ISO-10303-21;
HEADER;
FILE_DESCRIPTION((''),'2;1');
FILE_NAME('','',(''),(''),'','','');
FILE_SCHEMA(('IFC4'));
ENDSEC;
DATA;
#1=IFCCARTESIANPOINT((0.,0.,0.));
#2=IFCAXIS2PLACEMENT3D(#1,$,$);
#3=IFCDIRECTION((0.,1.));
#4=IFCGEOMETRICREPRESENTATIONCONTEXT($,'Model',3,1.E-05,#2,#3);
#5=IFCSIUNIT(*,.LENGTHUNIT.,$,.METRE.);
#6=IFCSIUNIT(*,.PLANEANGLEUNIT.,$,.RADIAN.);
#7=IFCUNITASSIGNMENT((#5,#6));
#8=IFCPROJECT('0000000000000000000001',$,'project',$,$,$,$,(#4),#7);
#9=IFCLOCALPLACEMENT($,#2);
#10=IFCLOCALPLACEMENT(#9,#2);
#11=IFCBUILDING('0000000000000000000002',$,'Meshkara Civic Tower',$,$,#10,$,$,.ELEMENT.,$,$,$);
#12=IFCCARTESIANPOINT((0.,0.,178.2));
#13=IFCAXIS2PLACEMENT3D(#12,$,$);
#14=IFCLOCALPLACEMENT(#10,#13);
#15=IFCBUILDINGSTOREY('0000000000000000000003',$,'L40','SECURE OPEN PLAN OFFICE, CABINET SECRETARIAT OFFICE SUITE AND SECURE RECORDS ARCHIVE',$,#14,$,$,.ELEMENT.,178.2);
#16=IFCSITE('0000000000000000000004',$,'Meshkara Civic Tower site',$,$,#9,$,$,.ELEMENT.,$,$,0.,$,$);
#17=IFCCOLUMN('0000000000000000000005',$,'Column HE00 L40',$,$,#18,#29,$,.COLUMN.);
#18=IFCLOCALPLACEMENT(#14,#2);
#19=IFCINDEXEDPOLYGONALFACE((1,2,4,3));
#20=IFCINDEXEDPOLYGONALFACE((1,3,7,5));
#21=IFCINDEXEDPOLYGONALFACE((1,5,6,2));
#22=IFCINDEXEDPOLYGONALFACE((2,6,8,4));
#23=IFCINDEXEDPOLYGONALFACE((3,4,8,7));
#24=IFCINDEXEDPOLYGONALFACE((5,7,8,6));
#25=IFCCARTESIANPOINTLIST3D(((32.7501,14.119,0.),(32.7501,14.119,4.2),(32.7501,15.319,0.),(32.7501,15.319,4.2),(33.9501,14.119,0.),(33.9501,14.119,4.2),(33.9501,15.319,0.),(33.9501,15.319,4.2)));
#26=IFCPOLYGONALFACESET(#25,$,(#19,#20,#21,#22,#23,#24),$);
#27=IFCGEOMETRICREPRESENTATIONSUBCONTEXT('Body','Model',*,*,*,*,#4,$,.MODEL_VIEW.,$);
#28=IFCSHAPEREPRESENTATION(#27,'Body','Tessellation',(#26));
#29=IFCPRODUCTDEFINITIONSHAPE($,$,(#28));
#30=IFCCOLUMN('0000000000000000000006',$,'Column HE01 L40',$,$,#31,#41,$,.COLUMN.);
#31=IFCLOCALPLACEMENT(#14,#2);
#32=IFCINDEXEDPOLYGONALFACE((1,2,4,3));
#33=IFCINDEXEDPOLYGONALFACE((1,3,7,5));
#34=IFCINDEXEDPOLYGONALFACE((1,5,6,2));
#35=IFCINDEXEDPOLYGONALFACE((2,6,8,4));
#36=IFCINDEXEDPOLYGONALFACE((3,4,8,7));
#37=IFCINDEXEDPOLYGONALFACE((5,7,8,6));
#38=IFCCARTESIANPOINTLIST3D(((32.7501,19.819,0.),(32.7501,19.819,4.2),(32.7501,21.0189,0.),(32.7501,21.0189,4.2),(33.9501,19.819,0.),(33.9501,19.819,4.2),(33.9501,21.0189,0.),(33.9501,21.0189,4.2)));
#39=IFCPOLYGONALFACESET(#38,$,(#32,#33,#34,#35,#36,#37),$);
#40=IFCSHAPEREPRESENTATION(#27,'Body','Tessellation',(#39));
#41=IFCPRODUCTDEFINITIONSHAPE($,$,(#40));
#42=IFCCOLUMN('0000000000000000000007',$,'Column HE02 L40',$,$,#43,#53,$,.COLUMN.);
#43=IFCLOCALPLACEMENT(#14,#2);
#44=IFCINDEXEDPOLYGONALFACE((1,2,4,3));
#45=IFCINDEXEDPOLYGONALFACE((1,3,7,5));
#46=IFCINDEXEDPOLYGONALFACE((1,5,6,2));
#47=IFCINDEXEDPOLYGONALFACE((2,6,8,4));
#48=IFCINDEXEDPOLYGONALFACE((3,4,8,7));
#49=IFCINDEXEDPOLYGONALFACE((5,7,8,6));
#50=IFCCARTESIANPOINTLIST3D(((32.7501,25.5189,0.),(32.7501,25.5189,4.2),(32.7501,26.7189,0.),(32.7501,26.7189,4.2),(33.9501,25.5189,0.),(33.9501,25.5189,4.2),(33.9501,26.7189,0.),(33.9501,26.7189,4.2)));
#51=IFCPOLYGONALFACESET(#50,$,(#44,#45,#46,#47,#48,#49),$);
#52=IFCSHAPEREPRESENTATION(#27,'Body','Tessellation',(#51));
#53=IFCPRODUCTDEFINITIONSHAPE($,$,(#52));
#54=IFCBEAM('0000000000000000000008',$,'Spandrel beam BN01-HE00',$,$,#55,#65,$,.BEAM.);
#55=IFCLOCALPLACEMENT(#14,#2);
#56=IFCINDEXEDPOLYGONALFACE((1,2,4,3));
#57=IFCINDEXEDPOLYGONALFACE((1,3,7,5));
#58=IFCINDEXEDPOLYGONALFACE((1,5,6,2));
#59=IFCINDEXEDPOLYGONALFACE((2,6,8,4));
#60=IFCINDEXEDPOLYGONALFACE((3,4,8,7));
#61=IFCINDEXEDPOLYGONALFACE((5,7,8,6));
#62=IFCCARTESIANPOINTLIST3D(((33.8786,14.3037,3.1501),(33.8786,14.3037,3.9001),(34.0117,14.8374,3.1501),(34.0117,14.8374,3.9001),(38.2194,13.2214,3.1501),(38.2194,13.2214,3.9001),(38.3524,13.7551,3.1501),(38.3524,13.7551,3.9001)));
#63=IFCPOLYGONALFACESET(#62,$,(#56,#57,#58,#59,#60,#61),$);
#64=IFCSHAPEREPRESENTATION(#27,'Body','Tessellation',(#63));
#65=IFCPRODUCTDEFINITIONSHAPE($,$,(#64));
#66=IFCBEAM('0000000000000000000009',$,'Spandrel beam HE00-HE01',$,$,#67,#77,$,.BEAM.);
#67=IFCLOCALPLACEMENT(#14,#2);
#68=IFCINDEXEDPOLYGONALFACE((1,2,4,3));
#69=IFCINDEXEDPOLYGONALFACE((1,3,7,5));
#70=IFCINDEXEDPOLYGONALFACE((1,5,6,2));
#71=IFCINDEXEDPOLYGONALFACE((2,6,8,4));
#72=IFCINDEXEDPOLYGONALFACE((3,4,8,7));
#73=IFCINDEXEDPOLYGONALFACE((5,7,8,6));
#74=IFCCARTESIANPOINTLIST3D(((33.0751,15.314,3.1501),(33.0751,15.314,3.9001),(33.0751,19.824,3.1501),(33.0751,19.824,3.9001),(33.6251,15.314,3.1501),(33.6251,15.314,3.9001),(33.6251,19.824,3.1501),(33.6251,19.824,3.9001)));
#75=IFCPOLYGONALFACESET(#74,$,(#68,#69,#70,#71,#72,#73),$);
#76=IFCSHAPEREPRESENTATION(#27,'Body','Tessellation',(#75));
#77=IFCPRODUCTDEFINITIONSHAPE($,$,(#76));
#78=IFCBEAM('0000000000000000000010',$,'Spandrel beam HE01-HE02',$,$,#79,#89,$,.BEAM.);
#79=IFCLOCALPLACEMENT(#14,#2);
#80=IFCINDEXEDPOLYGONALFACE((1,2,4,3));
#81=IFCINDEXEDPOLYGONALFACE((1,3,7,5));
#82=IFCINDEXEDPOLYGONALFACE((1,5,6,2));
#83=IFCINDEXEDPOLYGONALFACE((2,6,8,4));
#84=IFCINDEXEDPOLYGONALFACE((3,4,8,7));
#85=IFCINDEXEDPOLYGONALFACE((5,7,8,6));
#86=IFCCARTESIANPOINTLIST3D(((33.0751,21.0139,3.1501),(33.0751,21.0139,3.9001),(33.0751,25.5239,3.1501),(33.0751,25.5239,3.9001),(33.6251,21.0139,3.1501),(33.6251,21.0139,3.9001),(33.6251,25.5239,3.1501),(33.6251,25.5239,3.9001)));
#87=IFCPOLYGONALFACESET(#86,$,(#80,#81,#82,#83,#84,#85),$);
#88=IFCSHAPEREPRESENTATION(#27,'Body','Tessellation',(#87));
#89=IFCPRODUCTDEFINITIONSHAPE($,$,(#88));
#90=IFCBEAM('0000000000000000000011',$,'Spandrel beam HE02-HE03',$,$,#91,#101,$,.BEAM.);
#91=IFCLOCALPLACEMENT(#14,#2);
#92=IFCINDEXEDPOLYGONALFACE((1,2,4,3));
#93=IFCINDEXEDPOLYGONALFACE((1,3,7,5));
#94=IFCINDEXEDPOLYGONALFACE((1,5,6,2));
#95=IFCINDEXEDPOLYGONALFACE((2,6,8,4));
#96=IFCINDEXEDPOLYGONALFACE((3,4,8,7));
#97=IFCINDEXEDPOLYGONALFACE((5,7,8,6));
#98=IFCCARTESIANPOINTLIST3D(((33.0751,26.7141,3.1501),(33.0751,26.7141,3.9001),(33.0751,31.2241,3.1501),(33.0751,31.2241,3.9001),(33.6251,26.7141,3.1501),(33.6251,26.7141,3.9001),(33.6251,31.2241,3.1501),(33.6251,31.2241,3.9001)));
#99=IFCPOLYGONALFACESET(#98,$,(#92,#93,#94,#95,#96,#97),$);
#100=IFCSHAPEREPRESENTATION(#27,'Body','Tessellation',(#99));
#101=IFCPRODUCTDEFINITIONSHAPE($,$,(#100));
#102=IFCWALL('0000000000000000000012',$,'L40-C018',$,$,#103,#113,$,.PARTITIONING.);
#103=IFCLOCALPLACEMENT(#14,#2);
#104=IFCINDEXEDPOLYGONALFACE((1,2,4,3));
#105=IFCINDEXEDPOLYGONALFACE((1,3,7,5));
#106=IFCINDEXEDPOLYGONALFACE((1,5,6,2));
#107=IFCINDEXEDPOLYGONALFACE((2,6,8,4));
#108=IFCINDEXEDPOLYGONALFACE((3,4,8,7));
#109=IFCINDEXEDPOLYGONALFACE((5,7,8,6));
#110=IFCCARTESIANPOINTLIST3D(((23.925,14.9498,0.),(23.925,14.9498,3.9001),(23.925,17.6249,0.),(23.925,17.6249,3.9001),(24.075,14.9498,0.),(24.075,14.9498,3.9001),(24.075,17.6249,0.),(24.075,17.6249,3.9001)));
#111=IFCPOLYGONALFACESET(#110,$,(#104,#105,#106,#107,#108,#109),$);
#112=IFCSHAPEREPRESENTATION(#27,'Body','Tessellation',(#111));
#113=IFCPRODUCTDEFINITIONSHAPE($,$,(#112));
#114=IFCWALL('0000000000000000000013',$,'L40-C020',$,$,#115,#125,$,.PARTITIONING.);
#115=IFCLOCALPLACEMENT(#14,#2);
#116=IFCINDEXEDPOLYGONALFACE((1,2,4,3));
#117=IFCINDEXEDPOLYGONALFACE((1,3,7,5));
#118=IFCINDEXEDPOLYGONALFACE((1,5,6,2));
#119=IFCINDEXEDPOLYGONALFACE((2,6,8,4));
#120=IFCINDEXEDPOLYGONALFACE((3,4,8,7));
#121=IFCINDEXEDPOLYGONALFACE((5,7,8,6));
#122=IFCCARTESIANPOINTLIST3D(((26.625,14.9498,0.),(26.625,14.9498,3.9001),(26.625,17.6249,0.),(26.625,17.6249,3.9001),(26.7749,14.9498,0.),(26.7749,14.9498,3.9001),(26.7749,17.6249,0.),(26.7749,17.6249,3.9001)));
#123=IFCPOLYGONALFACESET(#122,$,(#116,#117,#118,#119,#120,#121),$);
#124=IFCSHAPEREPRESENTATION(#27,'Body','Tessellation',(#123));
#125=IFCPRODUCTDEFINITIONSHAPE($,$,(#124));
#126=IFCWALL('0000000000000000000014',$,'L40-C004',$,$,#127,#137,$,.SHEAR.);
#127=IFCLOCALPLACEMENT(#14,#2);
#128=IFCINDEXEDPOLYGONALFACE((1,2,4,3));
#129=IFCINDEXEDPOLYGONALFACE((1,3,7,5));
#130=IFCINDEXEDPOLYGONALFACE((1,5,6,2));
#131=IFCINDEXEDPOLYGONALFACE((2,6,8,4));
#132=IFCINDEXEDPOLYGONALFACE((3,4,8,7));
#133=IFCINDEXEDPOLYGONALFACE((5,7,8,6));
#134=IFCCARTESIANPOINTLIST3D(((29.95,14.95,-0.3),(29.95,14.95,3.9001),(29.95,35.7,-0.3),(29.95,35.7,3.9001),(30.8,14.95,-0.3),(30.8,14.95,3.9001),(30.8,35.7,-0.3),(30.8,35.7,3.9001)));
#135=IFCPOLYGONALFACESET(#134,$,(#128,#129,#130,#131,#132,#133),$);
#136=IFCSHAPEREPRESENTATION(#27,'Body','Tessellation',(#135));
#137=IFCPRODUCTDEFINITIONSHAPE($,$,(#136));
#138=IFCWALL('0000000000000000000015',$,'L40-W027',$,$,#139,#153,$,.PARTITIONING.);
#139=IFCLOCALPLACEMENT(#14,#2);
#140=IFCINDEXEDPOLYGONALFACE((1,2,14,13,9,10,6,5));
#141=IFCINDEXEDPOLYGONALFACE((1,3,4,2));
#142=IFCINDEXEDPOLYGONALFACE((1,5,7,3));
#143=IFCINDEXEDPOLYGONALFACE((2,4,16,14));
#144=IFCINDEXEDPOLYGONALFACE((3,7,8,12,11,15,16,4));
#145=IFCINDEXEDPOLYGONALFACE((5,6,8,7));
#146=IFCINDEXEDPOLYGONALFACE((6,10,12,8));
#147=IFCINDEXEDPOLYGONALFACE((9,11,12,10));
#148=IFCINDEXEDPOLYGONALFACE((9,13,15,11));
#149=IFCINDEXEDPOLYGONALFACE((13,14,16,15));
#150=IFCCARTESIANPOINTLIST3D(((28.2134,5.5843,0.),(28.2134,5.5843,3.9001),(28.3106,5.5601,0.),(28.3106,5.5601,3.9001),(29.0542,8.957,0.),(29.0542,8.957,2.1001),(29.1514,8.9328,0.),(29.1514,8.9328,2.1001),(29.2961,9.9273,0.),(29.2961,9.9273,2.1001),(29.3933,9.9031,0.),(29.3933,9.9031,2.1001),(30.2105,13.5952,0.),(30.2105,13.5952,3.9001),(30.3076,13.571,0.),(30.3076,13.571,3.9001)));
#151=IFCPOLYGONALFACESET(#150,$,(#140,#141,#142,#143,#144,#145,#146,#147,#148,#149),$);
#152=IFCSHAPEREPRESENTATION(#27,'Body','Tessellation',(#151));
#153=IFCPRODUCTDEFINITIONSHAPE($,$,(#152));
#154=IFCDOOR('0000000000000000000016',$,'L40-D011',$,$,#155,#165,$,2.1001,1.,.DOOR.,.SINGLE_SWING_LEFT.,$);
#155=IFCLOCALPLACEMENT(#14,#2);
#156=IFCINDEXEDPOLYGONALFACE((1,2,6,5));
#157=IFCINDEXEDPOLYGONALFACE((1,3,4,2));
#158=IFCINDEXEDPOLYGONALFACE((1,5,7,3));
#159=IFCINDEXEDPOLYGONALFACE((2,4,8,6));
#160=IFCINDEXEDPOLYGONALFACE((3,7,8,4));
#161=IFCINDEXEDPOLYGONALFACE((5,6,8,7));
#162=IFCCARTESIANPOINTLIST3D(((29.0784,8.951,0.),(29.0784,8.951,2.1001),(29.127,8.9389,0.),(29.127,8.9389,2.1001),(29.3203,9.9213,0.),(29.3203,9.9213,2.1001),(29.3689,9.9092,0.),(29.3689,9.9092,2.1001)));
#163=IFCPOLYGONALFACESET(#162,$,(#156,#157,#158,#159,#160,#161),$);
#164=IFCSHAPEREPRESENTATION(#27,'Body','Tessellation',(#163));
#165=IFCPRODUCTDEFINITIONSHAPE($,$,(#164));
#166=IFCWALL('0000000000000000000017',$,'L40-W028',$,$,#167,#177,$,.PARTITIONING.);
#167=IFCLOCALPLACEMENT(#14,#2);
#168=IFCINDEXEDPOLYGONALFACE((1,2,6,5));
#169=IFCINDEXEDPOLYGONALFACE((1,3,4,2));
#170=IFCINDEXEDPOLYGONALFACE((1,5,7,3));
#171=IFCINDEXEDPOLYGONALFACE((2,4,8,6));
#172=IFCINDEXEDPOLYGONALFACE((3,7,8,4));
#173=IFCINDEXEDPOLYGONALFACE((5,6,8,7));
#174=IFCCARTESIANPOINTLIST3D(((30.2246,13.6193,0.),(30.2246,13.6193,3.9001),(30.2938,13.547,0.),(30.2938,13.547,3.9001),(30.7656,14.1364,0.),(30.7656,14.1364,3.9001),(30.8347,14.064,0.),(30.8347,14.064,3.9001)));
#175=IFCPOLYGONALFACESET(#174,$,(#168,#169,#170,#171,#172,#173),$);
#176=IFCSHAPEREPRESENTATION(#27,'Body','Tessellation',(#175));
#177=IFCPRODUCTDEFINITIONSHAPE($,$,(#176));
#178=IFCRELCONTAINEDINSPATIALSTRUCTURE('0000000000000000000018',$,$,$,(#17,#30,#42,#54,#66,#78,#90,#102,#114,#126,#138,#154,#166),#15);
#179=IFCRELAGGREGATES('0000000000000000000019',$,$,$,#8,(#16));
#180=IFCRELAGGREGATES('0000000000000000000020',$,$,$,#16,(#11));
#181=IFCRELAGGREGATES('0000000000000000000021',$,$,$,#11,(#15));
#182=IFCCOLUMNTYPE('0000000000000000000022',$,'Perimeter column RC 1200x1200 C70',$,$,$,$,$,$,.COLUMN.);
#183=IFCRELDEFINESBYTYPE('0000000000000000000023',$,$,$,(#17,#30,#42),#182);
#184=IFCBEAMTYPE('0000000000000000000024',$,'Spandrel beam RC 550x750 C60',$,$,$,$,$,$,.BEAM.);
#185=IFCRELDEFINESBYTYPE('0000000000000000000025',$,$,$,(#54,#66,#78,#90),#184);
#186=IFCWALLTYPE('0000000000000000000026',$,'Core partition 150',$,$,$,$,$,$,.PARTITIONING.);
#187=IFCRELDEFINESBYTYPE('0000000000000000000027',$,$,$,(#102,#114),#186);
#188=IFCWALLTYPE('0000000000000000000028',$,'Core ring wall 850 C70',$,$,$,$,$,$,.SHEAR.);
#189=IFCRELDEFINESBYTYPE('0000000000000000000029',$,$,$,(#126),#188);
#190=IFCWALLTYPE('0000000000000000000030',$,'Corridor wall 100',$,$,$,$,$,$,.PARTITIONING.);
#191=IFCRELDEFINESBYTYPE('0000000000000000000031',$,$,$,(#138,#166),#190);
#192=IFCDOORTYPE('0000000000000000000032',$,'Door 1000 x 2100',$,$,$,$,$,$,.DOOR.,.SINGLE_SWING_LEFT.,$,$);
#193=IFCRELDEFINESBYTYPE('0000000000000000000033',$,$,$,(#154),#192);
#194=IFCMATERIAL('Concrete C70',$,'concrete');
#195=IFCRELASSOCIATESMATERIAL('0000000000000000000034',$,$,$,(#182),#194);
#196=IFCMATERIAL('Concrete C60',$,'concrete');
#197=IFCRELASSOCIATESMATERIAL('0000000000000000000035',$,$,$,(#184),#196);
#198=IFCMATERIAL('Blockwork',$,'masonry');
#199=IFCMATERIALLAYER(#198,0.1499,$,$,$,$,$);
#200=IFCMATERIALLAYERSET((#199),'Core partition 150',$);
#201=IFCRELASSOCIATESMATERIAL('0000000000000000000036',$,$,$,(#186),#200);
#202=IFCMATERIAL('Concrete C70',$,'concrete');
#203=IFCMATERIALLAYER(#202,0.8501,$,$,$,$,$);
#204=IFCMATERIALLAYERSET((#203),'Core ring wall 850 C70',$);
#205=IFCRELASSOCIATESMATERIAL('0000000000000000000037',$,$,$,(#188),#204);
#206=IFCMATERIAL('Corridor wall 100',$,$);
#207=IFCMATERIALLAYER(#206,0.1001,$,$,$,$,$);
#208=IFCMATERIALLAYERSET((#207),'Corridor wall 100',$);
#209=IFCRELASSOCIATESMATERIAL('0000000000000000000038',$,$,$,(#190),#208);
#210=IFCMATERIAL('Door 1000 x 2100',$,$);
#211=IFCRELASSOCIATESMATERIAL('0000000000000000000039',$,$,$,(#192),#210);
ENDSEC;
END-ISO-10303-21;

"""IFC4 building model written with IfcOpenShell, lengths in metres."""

from ifc_helpers import new_model, si_unit, direction, frame, frame_2d, origin, origin_2d, place, context, subcontext, project, spatial, rectangle, extrude, material, layer, layer_set, material_profile, profile_set, type_object, element, fill, save


model = new_model("IFC4")

# Units and contexts
model_context = context("Model", 3, precision=1e-05, world=origin(), true_north=direction((0.0, 1.0)))
body_context = subcontext(model_context, "Body", "Model", "MODEL_VIEW")
ifc_project = project(units=[si_unit("LENGTHUNIT", "METRE"), si_unit("PLANEANGLEUNIT", "RADIAN")], contexts=[model_context])

# Site, building, storey
site_placement = place(None, origin())
site = spatial("IfcSite", under=ifc_project, at=site_placement, Name="Meshkara Civic Tower site", CompositionType="ELEMENT", RefElevation=0.0)
building_placement = place(site_placement, origin())
building = spatial("IfcBuilding", under=site, at=building_placement, Name="Meshkara Civic Tower", CompositionType="ELEMENT")
storey_placement = place(building_placement, frame((0.0, 0.0, 178.2)))
storey = spatial("IfcBuildingStorey", under=building, at=storey_placement, Name="L40", Description="SECURE OPEN PLAN OFFICE, CABINET SECRETARIAT OFFICE SUITE AND SECURE RECORDS ARCHIVE", CompositionType="ELEMENT", Elevation=178.2)

# Columns
ifc_material_1 = material(Name="Concrete C70", Category="concrete")
ifc_material_profile_1 = material_profile(ifc_material_1, rectangle(XDim=1.2, YDim=1.2, at=origin_2d()))
ifc_profile_set_1 = profile_set([ifc_material_profile_1], Name="Concrete C70")
column_type = type_object("IfcColumnType", Name="Perimeter column RC 1200x1200 C70", PredefinedType="COLUMN", material=ifc_profile_set_1)
for number, where, z_axis, x_axis, name in (
    (1, (33.3501, 14.719, 0.0), (0.0, 0.0, 1.0), (1.0, 0.0, 0.0), "Column HE00 L40"),
    (2, (33.3501, 20.4189, 0.0), (0.0, 0.0, 1.0), (1.0, 0.0, 0.0), "Column HE01 L40"),
    (3, (33.3501, 26.1189, 0.0), (0.0, 0.0, 1.0), (1.0, 0.0, 0.0), "Column HE02 L40"),
):
    element("IfcColumn", number, at=place(storey_placement, frame(where, z_axis=z_axis, x_axis=x_axis)), inside=storey, type_object=column_type, Name=name, PredefinedType="COLUMN", context=body_context, shape_type="SweptSolid", body=[
        extrude(rectangle(XDim=1.2, YDim=1.2, at=origin_2d()), origin(), (0.0, 0.0, 1.0), 4.2),
    ])

# Beams
ifc_material_2 = material(Name="Concrete C60", Category="concrete")
ifc_material_profile_2 = material_profile(ifc_material_2, rectangle(XDim=0.55, YDim=0.75, at=origin_2d()))
ifc_profile_set_2 = profile_set([ifc_material_profile_2], Name="Concrete C60")
beam_type = type_object("IfcBeamType", Name="Spandrel beam RC 550x750 C60", PredefinedType="BEAM", material=ifc_profile_set_2)
beam_placement = place(storey_placement, frame((38.2859, 13.4883, 3.5251), z_axis=(-0.970296, 0.241919, 0.0), x_axis=(-0.241919, -0.970296, 0.0)))
element("IfcBeam", 4, at=beam_placement, inside=storey, type_object=beam_type, Name="Spandrel beam BN01-HE00", PredefinedType="BEAM", context=body_context, shape_type="SweptSolid", body=[
    extrude(rectangle(XDim=0.55, YDim=0.75, at=origin_2d()), origin(), (0.0, 0.0, 1.0), 4.4736),
])
for number, where, z_axis, x_axis, name in (
    (5, (33.3501, 15.314, 3.5251), (0.0, 1.0, 0.0), (-1.0, 0.0, 0.0), "Spandrel beam HE00-HE01"),
    (6, (33.3501, 21.0139, 3.5251), (0.0, 1.0, 0.0), (-1.0, 0.0, 0.0), "Spandrel beam HE01-HE02"),
    (7, (33.3501, 26.7141, 3.5251), (0.0, 1.0, 0.0), (-1.0, 0.0, 0.0), "Spandrel beam HE02-HE03"),
):
    element("IfcBeam", number, at=place(storey_placement, frame(where, z_axis=z_axis, x_axis=x_axis)), inside=storey, type_object=beam_type, Name=name, PredefinedType="BEAM", context=body_context, shape_type="SweptSolid", body=[
        extrude(rectangle(XDim=0.55, YDim=0.75, at=origin_2d()), origin(), (0.0, 0.0, 1.0), 4.51),
    ])

# Walls
ifc_material_3 = material(Name="Blockwork", Category="masonry")
ifc_layer_1 = layer(ifc_material_3, 0.1499)
ifc_layer_set_1 = layer_set([ifc_layer_1], Name="Core partition 150")
wall_type_1 = type_object("IfcWallType", Name="Core partition 150", PredefinedType="PARTITIONING", material=ifc_layer_set_1)
for number, where, z_axis, x_axis, name in (
    (8, (24.0, 14.95, 0.0), (0.0, 0.0, 1.0), (0.0, 1.0, 0.0), "L40-C018"),
    (9, (26.7, 14.95, 0.0), (0.0, 0.0, 1.0), (0.0, 1.0, 0.0), "L40-C020"),
):
    element("IfcWall", number, at=place(storey_placement, frame(where, z_axis=z_axis, x_axis=x_axis)), inside=storey, type_object=wall_type_1, Name=name, PredefinedType="PARTITIONING", context=body_context, shape_type="SweptSolid", body=[
        extrude(rectangle(XDim=2.675, YDim=0.1499, at=frame_2d((1.3374, 0.0))), origin(), (0.0, 0.0, 1.0), 3.9001),
    ])
ifc_material_4 = material(Name="Concrete C70", Category="concrete")
ifc_layer_2 = layer(ifc_material_4, 0.8501)
ifc_layer_set_2 = layer_set([ifc_layer_2], Name="Core ring wall 850 C70")
wall_type_2 = type_object("IfcWallType", Name="Core ring wall 850 C70", PredefinedType="SHEAR", material=ifc_layer_set_2)
wall_1_placement = place(storey_placement, frame((30.375, 14.95, -0.3), z_axis=(0.0, 0.0, 1.0), x_axis=(0.0, 1.0, 0.0)))
element("IfcWall", 10, at=wall_1_placement, inside=storey, type_object=wall_type_2, Name="L40-C004", PredefinedType="SHEAR", context=body_context, shape_type="SweptSolid", body=[
    extrude(rectangle(XDim=20.75, YDim=0.8501, at=frame_2d((10.375, 0.0))), origin(), (0.0, 0.0, 1.0), 4.2002),
])

# Wall, opening, door
ifc_material_5 = material(Name="Corridor wall 100")
ifc_layer_3 = layer(ifc_material_5, 0.1001)
ifc_layer_set_3 = layer_set([ifc_layer_3], Name="Corridor wall 100")
wall_type_3 = type_object("IfcWallType", Name="Corridor wall 100", PredefinedType="PARTITIONING", material=ifc_layer_set_3)
wall_2_placement = place(storey_placement, frame((30.259, 13.583, 0.0), z_axis=(0.0, 0.0, 1.0), x_axis=(-0.241888, -0.970304, 0.0)))
wall_2 = element("IfcWall", 11, at=wall_2_placement, inside=storey, type_object=wall_type_3, Name="L40-W027", PredefinedType="PARTITIONING", context=body_context, shape_type="SweptSolid", body=[
    extrude(rectangle(XDim=8.2561, YDim=0.1001, at=frame_2d((4.1279, 0.0))), origin(), (0.0, 0.0, 1.0), 3.9001),
])
opening_1_placement = place(wall_2_placement, frame((3.78, 0.0, 0.0)))
opening_1 = element("IfcOpeningElement", 12, at=opening_1_placement, cuts=wall_2, PredefinedType="OPENING", context=body_context, shape_type="SweptSolid", body=[
    extrude(rectangle(XDim=1.0, YDim=2.1001, at=frame_2d((0.5, 1.05))), frame((0.0, 0.0601, 0.0), z_axis=(0.0, -1.0, 0.0), x_axis=(1.0, 0.0, 0.0)), (0.0, 0.0, 1.0), 0.1201),
])
ifc_material_6 = material(Name="Door 1000 x 2100")
door_type_1 = type_object("IfcDoorType", Name="Door 1000 x 2100", OperationType="SINGLE_SWING_LEFT", PredefinedType="DOOR", material=ifc_material_6)
door_1_placement = place(opening_1_placement, origin())
door_1 = element("IfcDoor", 13, at=door_1_placement, inside=storey, type_object=door_type_1, Name="L40-D011", OperationType="SINGLE_SWING_LEFT", OverallHeight=2.1001, OverallWidth=1.0, PredefinedType="DOOR", context=body_context, shape_type="SweptSolid", body=[
    extrude(rectangle(XDim=1.0, YDim=2.1001, at=frame_2d((0.5, 1.05))), frame((0.0, 0.0249, 0.0), z_axis=(0.0, -1.0, 0.0), x_axis=(1.0, 0.0, 0.0)), (0.0, 0.0, 1.0), 0.05),
])
fill(opening_1, door_1)

# Wall
wall_3_placement = place(storey_placement, frame((30.8, 14.1001, 0.0), z_axis=(0.0, 0.0, 1.0), x_axis=(-0.722911, -0.690941, 0.0)))
element("IfcWall", 14, at=wall_3_placement, inside=storey, type_object=wall_type_3, Name="L40-W028", PredefinedType="PARTITIONING", context=body_context, shape_type="SweptSolid", body=[
    extrude(rectangle(XDim=0.7483, YDim=0.1001, at=frame_2d((0.374, 0.0))), origin(), (0.0, 0.0, 1.0), 3.9001),
])

save(model, "model.ifc")
